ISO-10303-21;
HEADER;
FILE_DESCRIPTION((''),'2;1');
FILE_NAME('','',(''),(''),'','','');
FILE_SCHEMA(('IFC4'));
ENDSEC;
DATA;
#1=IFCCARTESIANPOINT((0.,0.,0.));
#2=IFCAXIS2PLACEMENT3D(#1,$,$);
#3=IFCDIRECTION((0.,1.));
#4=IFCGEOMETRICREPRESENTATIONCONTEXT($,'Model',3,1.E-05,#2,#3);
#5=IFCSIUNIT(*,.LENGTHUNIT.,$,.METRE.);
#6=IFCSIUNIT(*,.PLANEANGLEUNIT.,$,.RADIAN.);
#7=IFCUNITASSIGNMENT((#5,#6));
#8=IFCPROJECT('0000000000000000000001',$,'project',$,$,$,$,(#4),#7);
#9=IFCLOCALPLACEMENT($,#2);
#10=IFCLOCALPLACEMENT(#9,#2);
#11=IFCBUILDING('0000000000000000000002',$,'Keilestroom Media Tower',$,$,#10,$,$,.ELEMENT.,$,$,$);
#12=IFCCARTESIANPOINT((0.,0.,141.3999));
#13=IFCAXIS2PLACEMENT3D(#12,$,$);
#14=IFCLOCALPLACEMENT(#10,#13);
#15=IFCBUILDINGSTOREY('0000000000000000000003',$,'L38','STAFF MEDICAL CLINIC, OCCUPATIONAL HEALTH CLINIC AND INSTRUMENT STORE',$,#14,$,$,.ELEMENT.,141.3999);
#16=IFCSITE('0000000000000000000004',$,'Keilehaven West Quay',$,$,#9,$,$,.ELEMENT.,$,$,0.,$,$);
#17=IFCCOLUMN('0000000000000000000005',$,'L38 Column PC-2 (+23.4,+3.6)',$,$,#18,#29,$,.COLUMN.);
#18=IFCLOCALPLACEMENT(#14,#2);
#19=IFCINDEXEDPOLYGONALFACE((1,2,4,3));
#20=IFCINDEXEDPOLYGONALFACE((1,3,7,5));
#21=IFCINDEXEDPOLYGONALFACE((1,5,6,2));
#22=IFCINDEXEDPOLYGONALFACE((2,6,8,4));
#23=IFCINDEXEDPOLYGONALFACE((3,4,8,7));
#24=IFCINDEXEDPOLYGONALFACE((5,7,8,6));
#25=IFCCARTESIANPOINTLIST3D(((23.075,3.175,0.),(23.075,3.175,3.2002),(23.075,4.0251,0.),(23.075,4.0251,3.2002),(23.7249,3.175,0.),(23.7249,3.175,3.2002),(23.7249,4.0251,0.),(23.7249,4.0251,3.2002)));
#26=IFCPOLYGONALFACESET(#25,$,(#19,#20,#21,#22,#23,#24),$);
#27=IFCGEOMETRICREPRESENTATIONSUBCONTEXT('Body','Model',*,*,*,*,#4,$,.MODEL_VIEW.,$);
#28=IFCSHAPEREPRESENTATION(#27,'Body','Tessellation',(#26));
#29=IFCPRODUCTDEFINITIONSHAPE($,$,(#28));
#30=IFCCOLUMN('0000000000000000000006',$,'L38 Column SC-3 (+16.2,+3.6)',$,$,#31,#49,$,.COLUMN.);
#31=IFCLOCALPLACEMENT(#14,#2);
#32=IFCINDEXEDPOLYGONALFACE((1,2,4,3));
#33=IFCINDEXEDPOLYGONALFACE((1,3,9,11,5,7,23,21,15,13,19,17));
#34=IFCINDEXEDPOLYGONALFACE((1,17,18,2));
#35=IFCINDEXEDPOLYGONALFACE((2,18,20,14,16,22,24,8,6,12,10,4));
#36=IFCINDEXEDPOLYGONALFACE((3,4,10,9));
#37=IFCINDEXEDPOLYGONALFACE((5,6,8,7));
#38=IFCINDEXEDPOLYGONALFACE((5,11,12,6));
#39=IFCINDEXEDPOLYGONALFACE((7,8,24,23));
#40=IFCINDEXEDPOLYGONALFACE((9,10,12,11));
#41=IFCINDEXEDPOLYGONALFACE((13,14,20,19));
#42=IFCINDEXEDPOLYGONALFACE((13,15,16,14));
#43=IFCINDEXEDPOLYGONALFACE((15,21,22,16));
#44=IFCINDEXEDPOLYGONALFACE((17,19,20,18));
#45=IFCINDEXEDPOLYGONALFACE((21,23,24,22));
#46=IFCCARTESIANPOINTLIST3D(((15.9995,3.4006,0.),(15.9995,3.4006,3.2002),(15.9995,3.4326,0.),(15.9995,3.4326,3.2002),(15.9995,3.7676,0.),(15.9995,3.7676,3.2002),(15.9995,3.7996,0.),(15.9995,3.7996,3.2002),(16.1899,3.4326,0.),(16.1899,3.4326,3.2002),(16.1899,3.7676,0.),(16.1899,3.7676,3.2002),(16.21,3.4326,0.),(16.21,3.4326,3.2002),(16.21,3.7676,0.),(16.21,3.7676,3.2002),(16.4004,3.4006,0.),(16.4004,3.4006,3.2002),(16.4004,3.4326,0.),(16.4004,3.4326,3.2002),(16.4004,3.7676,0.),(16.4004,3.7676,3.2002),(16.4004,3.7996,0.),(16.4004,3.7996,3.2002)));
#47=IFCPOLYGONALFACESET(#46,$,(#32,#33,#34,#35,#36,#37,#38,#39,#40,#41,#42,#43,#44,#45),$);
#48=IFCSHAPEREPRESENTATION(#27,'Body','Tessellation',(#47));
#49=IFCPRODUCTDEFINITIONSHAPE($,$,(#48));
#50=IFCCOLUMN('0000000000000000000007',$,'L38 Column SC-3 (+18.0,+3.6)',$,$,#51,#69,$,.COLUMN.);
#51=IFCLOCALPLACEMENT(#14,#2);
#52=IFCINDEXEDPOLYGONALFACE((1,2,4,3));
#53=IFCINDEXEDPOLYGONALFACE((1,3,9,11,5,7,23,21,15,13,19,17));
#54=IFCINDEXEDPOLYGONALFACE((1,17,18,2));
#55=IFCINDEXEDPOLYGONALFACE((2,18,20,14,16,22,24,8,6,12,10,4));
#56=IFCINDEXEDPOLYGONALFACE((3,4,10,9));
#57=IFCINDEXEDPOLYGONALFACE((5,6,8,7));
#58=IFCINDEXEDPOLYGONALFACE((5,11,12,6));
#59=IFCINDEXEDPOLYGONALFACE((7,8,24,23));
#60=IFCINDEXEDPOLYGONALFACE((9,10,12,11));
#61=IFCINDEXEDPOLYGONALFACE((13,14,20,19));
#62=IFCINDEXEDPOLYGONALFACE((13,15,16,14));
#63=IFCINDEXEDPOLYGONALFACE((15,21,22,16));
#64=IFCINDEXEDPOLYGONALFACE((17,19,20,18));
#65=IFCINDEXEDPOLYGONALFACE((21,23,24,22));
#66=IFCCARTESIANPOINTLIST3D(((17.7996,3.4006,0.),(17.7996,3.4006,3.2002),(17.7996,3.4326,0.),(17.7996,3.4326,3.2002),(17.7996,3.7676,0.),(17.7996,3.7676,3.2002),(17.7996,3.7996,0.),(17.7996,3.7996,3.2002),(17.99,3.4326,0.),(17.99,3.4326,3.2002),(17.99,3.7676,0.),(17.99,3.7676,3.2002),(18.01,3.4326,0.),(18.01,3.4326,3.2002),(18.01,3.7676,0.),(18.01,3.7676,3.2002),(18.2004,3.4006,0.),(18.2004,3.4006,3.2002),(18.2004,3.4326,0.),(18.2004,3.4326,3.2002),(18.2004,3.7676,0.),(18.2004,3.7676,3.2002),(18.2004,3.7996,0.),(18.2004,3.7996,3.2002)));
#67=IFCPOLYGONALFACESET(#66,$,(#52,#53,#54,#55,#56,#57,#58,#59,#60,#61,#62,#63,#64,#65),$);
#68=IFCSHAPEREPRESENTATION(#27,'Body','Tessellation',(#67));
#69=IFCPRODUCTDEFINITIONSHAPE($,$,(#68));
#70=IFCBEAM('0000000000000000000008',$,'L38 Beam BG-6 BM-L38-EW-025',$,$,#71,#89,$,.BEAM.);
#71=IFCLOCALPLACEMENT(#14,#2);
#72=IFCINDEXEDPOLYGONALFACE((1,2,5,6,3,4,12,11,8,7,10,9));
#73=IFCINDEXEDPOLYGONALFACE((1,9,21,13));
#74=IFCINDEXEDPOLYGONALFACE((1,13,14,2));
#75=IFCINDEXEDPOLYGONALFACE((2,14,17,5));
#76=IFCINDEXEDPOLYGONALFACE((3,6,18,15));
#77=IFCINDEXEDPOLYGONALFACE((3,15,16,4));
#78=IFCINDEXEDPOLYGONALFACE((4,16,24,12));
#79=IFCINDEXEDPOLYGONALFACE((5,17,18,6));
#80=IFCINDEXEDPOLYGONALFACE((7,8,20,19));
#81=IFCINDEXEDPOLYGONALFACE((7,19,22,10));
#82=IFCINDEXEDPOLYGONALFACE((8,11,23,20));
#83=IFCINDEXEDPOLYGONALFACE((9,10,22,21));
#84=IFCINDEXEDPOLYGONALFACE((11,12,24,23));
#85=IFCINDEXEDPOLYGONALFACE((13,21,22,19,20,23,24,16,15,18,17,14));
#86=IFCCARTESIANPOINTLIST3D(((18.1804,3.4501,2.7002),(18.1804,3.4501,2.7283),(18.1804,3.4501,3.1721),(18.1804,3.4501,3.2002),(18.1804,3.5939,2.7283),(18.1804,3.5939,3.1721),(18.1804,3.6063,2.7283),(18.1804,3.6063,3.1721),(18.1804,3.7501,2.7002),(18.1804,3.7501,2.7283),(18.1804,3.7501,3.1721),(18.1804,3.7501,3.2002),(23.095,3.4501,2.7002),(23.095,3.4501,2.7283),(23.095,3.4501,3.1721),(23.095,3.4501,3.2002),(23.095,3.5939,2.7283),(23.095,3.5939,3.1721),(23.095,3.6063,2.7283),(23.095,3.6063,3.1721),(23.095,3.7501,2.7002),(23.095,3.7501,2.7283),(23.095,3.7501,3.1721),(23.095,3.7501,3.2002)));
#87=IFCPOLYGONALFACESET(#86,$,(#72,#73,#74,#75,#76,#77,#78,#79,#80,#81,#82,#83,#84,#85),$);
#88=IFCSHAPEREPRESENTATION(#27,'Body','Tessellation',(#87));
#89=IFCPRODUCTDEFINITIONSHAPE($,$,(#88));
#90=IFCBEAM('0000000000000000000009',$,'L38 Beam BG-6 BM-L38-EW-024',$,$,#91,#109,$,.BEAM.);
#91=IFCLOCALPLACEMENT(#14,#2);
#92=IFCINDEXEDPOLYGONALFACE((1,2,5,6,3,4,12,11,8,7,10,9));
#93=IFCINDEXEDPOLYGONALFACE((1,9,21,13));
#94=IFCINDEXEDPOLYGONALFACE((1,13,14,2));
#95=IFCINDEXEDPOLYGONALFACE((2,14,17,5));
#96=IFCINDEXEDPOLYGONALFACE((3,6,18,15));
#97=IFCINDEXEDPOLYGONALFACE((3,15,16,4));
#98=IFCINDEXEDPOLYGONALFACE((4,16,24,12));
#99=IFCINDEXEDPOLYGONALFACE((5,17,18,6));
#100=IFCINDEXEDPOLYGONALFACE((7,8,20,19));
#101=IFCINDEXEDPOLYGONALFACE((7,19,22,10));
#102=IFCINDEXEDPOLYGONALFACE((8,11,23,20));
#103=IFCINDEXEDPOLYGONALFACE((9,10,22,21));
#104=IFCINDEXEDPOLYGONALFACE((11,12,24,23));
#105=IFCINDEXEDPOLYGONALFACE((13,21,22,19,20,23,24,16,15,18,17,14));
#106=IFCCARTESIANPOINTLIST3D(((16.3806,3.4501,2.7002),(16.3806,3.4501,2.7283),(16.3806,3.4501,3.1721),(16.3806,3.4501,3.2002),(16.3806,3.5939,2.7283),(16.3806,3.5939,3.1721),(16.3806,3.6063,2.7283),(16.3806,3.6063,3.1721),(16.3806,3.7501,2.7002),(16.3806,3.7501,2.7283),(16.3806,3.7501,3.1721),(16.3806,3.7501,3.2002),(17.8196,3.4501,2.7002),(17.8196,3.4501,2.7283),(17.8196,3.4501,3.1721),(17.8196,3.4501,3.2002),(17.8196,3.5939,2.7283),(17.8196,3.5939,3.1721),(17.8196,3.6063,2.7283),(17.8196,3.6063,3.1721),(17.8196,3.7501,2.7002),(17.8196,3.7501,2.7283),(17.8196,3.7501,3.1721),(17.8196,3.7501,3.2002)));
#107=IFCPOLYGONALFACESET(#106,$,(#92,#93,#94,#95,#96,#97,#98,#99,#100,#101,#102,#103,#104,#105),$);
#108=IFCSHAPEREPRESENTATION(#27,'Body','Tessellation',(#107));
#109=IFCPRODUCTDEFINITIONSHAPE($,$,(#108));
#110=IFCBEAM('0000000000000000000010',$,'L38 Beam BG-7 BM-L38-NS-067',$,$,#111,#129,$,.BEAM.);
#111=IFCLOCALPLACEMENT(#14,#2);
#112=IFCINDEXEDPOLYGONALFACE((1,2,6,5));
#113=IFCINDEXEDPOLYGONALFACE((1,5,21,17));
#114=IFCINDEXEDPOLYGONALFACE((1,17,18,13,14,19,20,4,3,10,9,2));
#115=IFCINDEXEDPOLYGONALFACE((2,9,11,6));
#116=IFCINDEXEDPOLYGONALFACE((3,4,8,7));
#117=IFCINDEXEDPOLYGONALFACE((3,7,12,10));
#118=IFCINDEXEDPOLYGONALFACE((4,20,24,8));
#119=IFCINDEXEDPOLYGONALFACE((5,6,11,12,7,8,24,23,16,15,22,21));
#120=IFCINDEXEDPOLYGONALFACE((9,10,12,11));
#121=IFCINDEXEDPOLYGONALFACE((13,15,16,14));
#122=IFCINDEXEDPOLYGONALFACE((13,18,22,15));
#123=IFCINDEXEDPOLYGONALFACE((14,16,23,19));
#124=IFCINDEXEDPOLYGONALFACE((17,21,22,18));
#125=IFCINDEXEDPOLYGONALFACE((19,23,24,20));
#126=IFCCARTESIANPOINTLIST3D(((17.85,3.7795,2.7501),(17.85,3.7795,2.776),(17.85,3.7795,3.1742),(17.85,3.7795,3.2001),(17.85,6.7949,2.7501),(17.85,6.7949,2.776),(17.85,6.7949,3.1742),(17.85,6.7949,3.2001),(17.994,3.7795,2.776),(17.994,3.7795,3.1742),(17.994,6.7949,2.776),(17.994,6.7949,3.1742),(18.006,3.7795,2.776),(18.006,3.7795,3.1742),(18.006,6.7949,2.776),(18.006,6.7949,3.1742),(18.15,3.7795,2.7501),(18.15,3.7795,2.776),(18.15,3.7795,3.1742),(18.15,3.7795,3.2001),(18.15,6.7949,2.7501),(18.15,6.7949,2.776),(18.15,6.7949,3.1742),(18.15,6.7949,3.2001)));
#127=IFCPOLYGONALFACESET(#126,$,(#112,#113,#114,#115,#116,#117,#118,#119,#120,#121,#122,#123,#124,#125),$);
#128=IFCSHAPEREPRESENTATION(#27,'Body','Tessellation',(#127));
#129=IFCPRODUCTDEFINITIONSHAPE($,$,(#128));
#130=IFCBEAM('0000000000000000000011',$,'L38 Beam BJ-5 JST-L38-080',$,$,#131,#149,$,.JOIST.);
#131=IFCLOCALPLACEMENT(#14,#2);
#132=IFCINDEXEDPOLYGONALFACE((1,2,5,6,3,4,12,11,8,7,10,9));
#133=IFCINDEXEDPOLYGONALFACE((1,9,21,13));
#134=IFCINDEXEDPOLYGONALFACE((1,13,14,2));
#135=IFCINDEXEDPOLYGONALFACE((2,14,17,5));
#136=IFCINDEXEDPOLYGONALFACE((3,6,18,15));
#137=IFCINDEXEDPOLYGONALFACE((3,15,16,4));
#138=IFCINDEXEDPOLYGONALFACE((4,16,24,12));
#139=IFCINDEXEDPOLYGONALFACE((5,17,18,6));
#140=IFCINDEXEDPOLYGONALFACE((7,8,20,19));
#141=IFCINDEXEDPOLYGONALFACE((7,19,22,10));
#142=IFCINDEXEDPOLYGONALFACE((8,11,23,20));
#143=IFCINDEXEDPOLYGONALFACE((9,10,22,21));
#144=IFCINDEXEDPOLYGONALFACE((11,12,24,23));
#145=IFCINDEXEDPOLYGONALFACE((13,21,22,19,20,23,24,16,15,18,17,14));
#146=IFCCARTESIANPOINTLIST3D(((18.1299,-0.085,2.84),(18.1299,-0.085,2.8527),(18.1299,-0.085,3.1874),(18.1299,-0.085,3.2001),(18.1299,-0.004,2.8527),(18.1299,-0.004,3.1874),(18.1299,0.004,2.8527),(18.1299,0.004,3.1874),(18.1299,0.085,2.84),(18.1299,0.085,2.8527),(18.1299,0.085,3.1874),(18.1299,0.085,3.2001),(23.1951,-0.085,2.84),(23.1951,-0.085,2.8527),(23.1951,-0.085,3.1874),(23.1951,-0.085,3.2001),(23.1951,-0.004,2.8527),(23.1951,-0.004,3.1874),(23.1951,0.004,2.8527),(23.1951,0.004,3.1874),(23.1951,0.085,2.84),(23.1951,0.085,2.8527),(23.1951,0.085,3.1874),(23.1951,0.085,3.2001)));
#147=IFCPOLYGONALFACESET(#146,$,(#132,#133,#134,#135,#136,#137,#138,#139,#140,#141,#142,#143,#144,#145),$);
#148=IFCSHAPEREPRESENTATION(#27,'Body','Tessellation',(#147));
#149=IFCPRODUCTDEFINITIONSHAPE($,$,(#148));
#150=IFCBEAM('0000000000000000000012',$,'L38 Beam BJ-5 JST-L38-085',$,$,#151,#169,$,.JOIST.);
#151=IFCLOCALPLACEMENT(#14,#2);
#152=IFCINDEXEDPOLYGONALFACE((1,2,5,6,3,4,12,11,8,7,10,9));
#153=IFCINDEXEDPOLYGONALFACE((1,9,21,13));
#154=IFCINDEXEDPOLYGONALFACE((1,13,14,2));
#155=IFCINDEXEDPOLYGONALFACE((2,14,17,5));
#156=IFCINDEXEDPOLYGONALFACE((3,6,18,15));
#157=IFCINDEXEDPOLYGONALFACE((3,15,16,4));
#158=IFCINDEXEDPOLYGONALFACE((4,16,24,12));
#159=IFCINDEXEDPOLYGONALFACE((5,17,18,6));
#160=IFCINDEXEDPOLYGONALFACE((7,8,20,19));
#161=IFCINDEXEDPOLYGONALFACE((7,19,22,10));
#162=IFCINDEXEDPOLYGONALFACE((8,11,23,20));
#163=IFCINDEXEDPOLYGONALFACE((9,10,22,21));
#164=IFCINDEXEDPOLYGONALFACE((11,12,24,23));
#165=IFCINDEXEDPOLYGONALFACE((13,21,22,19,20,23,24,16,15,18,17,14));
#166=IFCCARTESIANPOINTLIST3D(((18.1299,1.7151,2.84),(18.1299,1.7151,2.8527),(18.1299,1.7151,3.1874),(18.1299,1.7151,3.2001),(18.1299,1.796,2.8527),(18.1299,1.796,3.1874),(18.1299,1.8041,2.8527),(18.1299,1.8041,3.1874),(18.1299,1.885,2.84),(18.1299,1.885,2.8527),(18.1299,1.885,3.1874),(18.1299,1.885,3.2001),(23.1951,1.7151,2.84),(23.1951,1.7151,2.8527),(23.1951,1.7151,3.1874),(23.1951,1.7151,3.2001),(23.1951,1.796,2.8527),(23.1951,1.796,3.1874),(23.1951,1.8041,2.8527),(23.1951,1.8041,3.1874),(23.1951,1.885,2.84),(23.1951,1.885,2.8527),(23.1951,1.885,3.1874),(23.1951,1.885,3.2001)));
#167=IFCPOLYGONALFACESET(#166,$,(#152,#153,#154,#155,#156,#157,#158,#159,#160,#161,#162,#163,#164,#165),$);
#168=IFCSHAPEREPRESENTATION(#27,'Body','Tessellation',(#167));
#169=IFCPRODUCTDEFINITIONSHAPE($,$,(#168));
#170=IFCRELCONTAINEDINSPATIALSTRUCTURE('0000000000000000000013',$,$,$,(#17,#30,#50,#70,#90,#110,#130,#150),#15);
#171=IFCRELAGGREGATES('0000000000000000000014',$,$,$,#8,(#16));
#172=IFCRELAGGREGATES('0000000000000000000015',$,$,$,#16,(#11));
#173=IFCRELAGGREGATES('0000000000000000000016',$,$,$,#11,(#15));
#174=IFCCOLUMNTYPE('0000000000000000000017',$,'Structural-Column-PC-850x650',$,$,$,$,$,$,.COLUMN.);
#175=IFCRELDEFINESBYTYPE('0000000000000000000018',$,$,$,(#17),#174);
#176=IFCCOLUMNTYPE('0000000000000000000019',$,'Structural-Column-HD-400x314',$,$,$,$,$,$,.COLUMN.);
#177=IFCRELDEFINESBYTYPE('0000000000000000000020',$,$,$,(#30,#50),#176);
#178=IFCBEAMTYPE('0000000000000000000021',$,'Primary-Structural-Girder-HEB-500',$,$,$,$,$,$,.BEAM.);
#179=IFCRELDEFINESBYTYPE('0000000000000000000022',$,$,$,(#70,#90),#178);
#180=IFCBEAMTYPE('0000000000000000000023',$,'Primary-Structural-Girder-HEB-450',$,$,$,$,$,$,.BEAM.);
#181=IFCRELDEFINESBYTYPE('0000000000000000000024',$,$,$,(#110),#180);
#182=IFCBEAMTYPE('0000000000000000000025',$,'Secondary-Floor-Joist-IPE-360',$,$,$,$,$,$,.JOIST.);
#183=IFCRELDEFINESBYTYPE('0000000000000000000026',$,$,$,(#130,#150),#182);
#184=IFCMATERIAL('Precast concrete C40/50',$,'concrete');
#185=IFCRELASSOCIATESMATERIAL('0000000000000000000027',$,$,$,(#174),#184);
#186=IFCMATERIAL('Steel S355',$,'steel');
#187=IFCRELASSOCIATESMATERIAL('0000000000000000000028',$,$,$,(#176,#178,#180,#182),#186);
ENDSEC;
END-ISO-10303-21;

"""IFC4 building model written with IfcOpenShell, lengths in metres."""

from ifc_helpers import new_model, si_unit, direction, frame, origin, origin_2d, place, context, subcontext, project, spatial, rectangle, i_section, extrude, source, transform, mapped, material, material_profile, profile_set, type_object, element, save


model = new_model("IFC4")

# Units and contexts
model_context = context("Model", 3, precision=1e-05, world=origin(), true_north=direction((0.0, 1.0)))
body_context = subcontext(model_context, "Body", "Model", "MODEL_VIEW")
ifc_project = project(units=[si_unit("LENGTHUNIT", "METRE"), si_unit("PLANEANGLEUNIT", "RADIAN")], contexts=[model_context])

# Site, building, storey
site_placement = place(None, origin())
site = spatial("IfcSite", under=ifc_project, at=site_placement, Name="Keilehaven West Quay", CompositionType="ELEMENT", RefElevation=0.0)
building_placement = place(site_placement, origin())
building = spatial("IfcBuilding", under=site, at=building_placement, Name="Keilestroom Media Tower", CompositionType="ELEMENT")
storey_placement = place(building_placement, frame((0.0, 0.0, 141.3999)))
storey = spatial("IfcBuildingStorey", under=building, at=storey_placement, Name="L38", Description="STAFF MEDICAL CLINIC, OCCUPATIONAL HEALTH CLINIC AND INSTRUMENT STORE", CompositionType="ELEMENT", Elevation=141.3999)

# Columns
ifc_material_1 = material(Name="Precast concrete C40/50", Category="concrete")
ifc_material_profile_1 = material_profile(ifc_material_1, rectangle(XDim=0.6499, YDim=0.8501, at=origin_2d()), Name="PC 850x650")
ifc_profile_set_1 = profile_set([ifc_material_profile_1], Name="Precast concrete C40/50")
column_type_1 = type_object("IfcColumnType", Name="Structural-Column-PC-850x650", PredefinedType="COLUMN", material=ifc_profile_set_1)
shared_shape_1 = source(origin(), body_context, "Body", "SweptSolid", [
    extrude(rectangle(XDim=0.6499, YDim=0.8501, at=origin_2d()), origin(), (0.0, 0.0, 1.0), 3.2002),
])
column_placement = place(storey_placement, frame((23.3999, 3.6001, 0.0), z_axis=(0.0, 0.0, 1.0), x_axis=(1.0, 0.0, 0.0)))
element("IfcColumn", 1, at=column_placement, inside=storey, type_object=column_type_1, Name="L38 Column PC-2 (+23.4,+3.6)", PredefinedType="COLUMN", context=body_context, shape_type="MappedRepresentation", body=[
    mapped(shared_shape_1, transform((0.0, 0.0, 0.0), x_axis=(1.0, 0.0, 0.0), y_axis=(0.0, 1.0, 0.0), z_axis=(0.0, 0.0, 1.0), scale=1.0)),
])
ifc_material_2 = material(Name="Steel S355", Category="steel")
ifc_material_profile_2 = material_profile(ifc_material_2, i_section(OverallWidth=0.4009, OverallDepth=0.3989, WebThickness=0.02, FlangeThickness=0.032, at=origin_2d()), Name="HD 400x314")
ifc_profile_set_2 = profile_set([ifc_material_profile_2], Name="Steel S355")
column_type_2 = type_object("IfcColumnType", Name="Structural-Column-HD-400x314", PredefinedType="COLUMN", material=ifc_profile_set_2)
shared_shape_2 = source(origin(), body_context, "Body", "SweptSolid", [
    extrude(i_section(OverallWidth=0.4009, OverallDepth=0.3989, WebThickness=0.02, FlangeThickness=0.032, at=origin_2d()), origin(), (0.0, 0.0, 1.0), 3.2002),
])
for number, where, z_axis, x_axis, name in (
    (2, (16.2, 3.6001, 0.0), (0.0, 0.0, 1.0), (1.0, 0.0, 0.0), "L38 Column SC-3 (+16.2,+3.6)"),
    (3, (18.0, 3.6001, 0.0), (0.0, 0.0, 1.0), (1.0, 0.0, 0.0), "L38 Column SC-3 (+18.0,+3.6)"),
):
    element("IfcColumn", number, at=place(storey_placement, frame(where, z_axis=z_axis, x_axis=x_axis)), inside=storey, type_object=column_type_2, Name=name, PredefinedType="COLUMN", context=body_context, shape_type="MappedRepresentation", body=[
        mapped(shared_shape_2, transform((0.0, 0.0, 0.0), x_axis=(1.0, 0.0, 0.0), y_axis=(0.0, 1.0, 0.0), z_axis=(0.0, 0.0, 1.0), scale=1.0)),
    ])

# Beams
ifc_material_profile_3 = material_profile(ifc_material_2, i_section(OverallWidth=0.3, OverallDepth=0.5, WebThickness=0.0125, FlangeThickness=0.0281, at=origin_2d()), Name="HEB 500")
ifc_profile_set_3 = profile_set([ifc_material_profile_3], Name="Steel S355")
beam_type_1 = type_object("IfcBeamType", Name="Primary-Structural-Girder-HEB-500", PredefinedType="BEAM", material=ifc_profile_set_3)
shared_shape_3 = source(origin(), body_context, "Body", "SweptSolid", [
    extrude(i_section(OverallWidth=0.3, OverallDepth=0.5, WebThickness=0.0125, FlangeThickness=0.0281, at=origin_2d()), origin(), (0.0, 0.0, 1.0), 4.9146),
])
beam_1_placement = place(storey_placement, frame((18.1804, 3.6001, 2.9502), z_axis=(1.0, 0.0, 0.0), x_axis=(0.0, 1.0, 0.0)))
element("IfcBeam", 4, at=beam_1_placement, inside=storey, type_object=beam_type_1, Name="L38 Beam BG-6 BM-L38-EW-025", PredefinedType="BEAM", context=body_context, shape_type="MappedRepresentation", body=[
    mapped(shared_shape_3, transform((0.0, 0.0, 0.0), x_axis=(1.0, 0.0, 0.0), y_axis=(0.0, 1.0, 0.0), z_axis=(0.0, 0.0, 1.0), scale=1.0)),
])
shared_shape_4 = source(origin(), body_context, "Body", "SweptSolid", [
    extrude(i_section(OverallWidth=0.3, OverallDepth=0.5, WebThickness=0.0125, FlangeThickness=0.0281, at=origin_2d()), origin(), (0.0, 0.0, 1.0), 1.439),
])
beam_2_placement = place(storey_placement, frame((16.3806, 3.6001, 2.9502), z_axis=(1.0, 0.0, 0.0), x_axis=(0.0, 1.0, 0.0)))
element("IfcBeam", 5, at=beam_2_placement, inside=storey, type_object=beam_type_1, Name="L38 Beam BG-6 BM-L38-EW-024", PredefinedType="BEAM", context=body_context, shape_type="MappedRepresentation", body=[
    mapped(shared_shape_4, transform((0.0, 0.0, 0.0), x_axis=(1.0, 0.0, 0.0), y_axis=(0.0, 1.0, 0.0), z_axis=(0.0, 0.0, 1.0), scale=1.0)),
])
ifc_material_profile_4 = material_profile(ifc_material_2, i_section(OverallWidth=0.3, OverallDepth=0.45, WebThickness=0.012, FlangeThickness=0.0259, at=origin_2d()), Name="HEB 450")
ifc_profile_set_4 = profile_set([ifc_material_profile_4], Name="Steel S355")
beam_type_2 = type_object("IfcBeamType", Name="Primary-Structural-Girder-HEB-450", PredefinedType="BEAM", material=ifc_profile_set_4)
shared_shape_5 = source(origin(), body_context, "Body", "SweptSolid", [
    extrude(i_section(OverallWidth=0.3, OverallDepth=0.45, WebThickness=0.012, FlangeThickness=0.0259, at=origin_2d()), origin(), (0.0, 0.0, 1.0), 3.0154),
])
beam_3_placement = place(storey_placement, frame((18.0, 3.7795, 2.9751), z_axis=(0.0, 1.0, 0.0), x_axis=(-1.0, 0.0, 0.0)))
element("IfcBeam", 6, at=beam_3_placement, inside=storey, type_object=beam_type_2, Name="L38 Beam BG-7 BM-L38-NS-067", PredefinedType="BEAM", context=body_context, shape_type="MappedRepresentation", body=[
    mapped(shared_shape_5, transform((0.0, 0.0, 0.0), x_axis=(1.0, 0.0, 0.0), y_axis=(0.0, 1.0, 0.0), z_axis=(0.0, 0.0, 1.0), scale=1.0)),
])
ifc_material_profile_5 = material_profile(ifc_material_2, i_section(OverallWidth=0.1699, OverallDepth=0.3601, WebThickness=0.0081, FlangeThickness=0.0127, at=origin_2d()), Name="IPE 360")
ifc_profile_set_5 = profile_set([ifc_material_profile_5], Name="Steel S355")
beam_type_3 = type_object("IfcBeamType", Name="Secondary-Floor-Joist-IPE-360", PredefinedType="JOIST", material=ifc_profile_set_5)
shared_shape_6 = source(origin(), body_context, "Body", "SweptSolid", [
    extrude(i_section(OverallWidth=0.1699, OverallDepth=0.3601, WebThickness=0.0081, FlangeThickness=0.0127, at=origin_2d()), origin(), (0.0, 0.0, 1.0), 5.0652),
])
for number, where, z_axis, x_axis, name in (
    (7, (18.1299, 0.0, 3.02), (1.0, 0.0, 0.0), (0.0, 1.0, 0.0), "L38 Beam BJ-5 JST-L38-080"),
    (8, (18.1299, 1.8, 3.02), (1.0, 0.0, 0.0), (0.0, 1.0, 0.0), "L38 Beam BJ-5 JST-L38-085"),
):
    element("IfcBeam", number, at=place(storey_placement, frame(where, z_axis=z_axis, x_axis=x_axis)), inside=storey, type_object=beam_type_3, Name=name, PredefinedType="JOIST", context=body_context, shape_type="MappedRepresentation", body=[
        mapped(shared_shape_6, transform((0.0, 0.0, 0.0), x_axis=(1.0, 0.0, 0.0), y_axis=(0.0, 1.0, 0.0), z_axis=(0.0, 0.0, 1.0), scale=1.0)),
    ])

save(model, "model.ifc")
